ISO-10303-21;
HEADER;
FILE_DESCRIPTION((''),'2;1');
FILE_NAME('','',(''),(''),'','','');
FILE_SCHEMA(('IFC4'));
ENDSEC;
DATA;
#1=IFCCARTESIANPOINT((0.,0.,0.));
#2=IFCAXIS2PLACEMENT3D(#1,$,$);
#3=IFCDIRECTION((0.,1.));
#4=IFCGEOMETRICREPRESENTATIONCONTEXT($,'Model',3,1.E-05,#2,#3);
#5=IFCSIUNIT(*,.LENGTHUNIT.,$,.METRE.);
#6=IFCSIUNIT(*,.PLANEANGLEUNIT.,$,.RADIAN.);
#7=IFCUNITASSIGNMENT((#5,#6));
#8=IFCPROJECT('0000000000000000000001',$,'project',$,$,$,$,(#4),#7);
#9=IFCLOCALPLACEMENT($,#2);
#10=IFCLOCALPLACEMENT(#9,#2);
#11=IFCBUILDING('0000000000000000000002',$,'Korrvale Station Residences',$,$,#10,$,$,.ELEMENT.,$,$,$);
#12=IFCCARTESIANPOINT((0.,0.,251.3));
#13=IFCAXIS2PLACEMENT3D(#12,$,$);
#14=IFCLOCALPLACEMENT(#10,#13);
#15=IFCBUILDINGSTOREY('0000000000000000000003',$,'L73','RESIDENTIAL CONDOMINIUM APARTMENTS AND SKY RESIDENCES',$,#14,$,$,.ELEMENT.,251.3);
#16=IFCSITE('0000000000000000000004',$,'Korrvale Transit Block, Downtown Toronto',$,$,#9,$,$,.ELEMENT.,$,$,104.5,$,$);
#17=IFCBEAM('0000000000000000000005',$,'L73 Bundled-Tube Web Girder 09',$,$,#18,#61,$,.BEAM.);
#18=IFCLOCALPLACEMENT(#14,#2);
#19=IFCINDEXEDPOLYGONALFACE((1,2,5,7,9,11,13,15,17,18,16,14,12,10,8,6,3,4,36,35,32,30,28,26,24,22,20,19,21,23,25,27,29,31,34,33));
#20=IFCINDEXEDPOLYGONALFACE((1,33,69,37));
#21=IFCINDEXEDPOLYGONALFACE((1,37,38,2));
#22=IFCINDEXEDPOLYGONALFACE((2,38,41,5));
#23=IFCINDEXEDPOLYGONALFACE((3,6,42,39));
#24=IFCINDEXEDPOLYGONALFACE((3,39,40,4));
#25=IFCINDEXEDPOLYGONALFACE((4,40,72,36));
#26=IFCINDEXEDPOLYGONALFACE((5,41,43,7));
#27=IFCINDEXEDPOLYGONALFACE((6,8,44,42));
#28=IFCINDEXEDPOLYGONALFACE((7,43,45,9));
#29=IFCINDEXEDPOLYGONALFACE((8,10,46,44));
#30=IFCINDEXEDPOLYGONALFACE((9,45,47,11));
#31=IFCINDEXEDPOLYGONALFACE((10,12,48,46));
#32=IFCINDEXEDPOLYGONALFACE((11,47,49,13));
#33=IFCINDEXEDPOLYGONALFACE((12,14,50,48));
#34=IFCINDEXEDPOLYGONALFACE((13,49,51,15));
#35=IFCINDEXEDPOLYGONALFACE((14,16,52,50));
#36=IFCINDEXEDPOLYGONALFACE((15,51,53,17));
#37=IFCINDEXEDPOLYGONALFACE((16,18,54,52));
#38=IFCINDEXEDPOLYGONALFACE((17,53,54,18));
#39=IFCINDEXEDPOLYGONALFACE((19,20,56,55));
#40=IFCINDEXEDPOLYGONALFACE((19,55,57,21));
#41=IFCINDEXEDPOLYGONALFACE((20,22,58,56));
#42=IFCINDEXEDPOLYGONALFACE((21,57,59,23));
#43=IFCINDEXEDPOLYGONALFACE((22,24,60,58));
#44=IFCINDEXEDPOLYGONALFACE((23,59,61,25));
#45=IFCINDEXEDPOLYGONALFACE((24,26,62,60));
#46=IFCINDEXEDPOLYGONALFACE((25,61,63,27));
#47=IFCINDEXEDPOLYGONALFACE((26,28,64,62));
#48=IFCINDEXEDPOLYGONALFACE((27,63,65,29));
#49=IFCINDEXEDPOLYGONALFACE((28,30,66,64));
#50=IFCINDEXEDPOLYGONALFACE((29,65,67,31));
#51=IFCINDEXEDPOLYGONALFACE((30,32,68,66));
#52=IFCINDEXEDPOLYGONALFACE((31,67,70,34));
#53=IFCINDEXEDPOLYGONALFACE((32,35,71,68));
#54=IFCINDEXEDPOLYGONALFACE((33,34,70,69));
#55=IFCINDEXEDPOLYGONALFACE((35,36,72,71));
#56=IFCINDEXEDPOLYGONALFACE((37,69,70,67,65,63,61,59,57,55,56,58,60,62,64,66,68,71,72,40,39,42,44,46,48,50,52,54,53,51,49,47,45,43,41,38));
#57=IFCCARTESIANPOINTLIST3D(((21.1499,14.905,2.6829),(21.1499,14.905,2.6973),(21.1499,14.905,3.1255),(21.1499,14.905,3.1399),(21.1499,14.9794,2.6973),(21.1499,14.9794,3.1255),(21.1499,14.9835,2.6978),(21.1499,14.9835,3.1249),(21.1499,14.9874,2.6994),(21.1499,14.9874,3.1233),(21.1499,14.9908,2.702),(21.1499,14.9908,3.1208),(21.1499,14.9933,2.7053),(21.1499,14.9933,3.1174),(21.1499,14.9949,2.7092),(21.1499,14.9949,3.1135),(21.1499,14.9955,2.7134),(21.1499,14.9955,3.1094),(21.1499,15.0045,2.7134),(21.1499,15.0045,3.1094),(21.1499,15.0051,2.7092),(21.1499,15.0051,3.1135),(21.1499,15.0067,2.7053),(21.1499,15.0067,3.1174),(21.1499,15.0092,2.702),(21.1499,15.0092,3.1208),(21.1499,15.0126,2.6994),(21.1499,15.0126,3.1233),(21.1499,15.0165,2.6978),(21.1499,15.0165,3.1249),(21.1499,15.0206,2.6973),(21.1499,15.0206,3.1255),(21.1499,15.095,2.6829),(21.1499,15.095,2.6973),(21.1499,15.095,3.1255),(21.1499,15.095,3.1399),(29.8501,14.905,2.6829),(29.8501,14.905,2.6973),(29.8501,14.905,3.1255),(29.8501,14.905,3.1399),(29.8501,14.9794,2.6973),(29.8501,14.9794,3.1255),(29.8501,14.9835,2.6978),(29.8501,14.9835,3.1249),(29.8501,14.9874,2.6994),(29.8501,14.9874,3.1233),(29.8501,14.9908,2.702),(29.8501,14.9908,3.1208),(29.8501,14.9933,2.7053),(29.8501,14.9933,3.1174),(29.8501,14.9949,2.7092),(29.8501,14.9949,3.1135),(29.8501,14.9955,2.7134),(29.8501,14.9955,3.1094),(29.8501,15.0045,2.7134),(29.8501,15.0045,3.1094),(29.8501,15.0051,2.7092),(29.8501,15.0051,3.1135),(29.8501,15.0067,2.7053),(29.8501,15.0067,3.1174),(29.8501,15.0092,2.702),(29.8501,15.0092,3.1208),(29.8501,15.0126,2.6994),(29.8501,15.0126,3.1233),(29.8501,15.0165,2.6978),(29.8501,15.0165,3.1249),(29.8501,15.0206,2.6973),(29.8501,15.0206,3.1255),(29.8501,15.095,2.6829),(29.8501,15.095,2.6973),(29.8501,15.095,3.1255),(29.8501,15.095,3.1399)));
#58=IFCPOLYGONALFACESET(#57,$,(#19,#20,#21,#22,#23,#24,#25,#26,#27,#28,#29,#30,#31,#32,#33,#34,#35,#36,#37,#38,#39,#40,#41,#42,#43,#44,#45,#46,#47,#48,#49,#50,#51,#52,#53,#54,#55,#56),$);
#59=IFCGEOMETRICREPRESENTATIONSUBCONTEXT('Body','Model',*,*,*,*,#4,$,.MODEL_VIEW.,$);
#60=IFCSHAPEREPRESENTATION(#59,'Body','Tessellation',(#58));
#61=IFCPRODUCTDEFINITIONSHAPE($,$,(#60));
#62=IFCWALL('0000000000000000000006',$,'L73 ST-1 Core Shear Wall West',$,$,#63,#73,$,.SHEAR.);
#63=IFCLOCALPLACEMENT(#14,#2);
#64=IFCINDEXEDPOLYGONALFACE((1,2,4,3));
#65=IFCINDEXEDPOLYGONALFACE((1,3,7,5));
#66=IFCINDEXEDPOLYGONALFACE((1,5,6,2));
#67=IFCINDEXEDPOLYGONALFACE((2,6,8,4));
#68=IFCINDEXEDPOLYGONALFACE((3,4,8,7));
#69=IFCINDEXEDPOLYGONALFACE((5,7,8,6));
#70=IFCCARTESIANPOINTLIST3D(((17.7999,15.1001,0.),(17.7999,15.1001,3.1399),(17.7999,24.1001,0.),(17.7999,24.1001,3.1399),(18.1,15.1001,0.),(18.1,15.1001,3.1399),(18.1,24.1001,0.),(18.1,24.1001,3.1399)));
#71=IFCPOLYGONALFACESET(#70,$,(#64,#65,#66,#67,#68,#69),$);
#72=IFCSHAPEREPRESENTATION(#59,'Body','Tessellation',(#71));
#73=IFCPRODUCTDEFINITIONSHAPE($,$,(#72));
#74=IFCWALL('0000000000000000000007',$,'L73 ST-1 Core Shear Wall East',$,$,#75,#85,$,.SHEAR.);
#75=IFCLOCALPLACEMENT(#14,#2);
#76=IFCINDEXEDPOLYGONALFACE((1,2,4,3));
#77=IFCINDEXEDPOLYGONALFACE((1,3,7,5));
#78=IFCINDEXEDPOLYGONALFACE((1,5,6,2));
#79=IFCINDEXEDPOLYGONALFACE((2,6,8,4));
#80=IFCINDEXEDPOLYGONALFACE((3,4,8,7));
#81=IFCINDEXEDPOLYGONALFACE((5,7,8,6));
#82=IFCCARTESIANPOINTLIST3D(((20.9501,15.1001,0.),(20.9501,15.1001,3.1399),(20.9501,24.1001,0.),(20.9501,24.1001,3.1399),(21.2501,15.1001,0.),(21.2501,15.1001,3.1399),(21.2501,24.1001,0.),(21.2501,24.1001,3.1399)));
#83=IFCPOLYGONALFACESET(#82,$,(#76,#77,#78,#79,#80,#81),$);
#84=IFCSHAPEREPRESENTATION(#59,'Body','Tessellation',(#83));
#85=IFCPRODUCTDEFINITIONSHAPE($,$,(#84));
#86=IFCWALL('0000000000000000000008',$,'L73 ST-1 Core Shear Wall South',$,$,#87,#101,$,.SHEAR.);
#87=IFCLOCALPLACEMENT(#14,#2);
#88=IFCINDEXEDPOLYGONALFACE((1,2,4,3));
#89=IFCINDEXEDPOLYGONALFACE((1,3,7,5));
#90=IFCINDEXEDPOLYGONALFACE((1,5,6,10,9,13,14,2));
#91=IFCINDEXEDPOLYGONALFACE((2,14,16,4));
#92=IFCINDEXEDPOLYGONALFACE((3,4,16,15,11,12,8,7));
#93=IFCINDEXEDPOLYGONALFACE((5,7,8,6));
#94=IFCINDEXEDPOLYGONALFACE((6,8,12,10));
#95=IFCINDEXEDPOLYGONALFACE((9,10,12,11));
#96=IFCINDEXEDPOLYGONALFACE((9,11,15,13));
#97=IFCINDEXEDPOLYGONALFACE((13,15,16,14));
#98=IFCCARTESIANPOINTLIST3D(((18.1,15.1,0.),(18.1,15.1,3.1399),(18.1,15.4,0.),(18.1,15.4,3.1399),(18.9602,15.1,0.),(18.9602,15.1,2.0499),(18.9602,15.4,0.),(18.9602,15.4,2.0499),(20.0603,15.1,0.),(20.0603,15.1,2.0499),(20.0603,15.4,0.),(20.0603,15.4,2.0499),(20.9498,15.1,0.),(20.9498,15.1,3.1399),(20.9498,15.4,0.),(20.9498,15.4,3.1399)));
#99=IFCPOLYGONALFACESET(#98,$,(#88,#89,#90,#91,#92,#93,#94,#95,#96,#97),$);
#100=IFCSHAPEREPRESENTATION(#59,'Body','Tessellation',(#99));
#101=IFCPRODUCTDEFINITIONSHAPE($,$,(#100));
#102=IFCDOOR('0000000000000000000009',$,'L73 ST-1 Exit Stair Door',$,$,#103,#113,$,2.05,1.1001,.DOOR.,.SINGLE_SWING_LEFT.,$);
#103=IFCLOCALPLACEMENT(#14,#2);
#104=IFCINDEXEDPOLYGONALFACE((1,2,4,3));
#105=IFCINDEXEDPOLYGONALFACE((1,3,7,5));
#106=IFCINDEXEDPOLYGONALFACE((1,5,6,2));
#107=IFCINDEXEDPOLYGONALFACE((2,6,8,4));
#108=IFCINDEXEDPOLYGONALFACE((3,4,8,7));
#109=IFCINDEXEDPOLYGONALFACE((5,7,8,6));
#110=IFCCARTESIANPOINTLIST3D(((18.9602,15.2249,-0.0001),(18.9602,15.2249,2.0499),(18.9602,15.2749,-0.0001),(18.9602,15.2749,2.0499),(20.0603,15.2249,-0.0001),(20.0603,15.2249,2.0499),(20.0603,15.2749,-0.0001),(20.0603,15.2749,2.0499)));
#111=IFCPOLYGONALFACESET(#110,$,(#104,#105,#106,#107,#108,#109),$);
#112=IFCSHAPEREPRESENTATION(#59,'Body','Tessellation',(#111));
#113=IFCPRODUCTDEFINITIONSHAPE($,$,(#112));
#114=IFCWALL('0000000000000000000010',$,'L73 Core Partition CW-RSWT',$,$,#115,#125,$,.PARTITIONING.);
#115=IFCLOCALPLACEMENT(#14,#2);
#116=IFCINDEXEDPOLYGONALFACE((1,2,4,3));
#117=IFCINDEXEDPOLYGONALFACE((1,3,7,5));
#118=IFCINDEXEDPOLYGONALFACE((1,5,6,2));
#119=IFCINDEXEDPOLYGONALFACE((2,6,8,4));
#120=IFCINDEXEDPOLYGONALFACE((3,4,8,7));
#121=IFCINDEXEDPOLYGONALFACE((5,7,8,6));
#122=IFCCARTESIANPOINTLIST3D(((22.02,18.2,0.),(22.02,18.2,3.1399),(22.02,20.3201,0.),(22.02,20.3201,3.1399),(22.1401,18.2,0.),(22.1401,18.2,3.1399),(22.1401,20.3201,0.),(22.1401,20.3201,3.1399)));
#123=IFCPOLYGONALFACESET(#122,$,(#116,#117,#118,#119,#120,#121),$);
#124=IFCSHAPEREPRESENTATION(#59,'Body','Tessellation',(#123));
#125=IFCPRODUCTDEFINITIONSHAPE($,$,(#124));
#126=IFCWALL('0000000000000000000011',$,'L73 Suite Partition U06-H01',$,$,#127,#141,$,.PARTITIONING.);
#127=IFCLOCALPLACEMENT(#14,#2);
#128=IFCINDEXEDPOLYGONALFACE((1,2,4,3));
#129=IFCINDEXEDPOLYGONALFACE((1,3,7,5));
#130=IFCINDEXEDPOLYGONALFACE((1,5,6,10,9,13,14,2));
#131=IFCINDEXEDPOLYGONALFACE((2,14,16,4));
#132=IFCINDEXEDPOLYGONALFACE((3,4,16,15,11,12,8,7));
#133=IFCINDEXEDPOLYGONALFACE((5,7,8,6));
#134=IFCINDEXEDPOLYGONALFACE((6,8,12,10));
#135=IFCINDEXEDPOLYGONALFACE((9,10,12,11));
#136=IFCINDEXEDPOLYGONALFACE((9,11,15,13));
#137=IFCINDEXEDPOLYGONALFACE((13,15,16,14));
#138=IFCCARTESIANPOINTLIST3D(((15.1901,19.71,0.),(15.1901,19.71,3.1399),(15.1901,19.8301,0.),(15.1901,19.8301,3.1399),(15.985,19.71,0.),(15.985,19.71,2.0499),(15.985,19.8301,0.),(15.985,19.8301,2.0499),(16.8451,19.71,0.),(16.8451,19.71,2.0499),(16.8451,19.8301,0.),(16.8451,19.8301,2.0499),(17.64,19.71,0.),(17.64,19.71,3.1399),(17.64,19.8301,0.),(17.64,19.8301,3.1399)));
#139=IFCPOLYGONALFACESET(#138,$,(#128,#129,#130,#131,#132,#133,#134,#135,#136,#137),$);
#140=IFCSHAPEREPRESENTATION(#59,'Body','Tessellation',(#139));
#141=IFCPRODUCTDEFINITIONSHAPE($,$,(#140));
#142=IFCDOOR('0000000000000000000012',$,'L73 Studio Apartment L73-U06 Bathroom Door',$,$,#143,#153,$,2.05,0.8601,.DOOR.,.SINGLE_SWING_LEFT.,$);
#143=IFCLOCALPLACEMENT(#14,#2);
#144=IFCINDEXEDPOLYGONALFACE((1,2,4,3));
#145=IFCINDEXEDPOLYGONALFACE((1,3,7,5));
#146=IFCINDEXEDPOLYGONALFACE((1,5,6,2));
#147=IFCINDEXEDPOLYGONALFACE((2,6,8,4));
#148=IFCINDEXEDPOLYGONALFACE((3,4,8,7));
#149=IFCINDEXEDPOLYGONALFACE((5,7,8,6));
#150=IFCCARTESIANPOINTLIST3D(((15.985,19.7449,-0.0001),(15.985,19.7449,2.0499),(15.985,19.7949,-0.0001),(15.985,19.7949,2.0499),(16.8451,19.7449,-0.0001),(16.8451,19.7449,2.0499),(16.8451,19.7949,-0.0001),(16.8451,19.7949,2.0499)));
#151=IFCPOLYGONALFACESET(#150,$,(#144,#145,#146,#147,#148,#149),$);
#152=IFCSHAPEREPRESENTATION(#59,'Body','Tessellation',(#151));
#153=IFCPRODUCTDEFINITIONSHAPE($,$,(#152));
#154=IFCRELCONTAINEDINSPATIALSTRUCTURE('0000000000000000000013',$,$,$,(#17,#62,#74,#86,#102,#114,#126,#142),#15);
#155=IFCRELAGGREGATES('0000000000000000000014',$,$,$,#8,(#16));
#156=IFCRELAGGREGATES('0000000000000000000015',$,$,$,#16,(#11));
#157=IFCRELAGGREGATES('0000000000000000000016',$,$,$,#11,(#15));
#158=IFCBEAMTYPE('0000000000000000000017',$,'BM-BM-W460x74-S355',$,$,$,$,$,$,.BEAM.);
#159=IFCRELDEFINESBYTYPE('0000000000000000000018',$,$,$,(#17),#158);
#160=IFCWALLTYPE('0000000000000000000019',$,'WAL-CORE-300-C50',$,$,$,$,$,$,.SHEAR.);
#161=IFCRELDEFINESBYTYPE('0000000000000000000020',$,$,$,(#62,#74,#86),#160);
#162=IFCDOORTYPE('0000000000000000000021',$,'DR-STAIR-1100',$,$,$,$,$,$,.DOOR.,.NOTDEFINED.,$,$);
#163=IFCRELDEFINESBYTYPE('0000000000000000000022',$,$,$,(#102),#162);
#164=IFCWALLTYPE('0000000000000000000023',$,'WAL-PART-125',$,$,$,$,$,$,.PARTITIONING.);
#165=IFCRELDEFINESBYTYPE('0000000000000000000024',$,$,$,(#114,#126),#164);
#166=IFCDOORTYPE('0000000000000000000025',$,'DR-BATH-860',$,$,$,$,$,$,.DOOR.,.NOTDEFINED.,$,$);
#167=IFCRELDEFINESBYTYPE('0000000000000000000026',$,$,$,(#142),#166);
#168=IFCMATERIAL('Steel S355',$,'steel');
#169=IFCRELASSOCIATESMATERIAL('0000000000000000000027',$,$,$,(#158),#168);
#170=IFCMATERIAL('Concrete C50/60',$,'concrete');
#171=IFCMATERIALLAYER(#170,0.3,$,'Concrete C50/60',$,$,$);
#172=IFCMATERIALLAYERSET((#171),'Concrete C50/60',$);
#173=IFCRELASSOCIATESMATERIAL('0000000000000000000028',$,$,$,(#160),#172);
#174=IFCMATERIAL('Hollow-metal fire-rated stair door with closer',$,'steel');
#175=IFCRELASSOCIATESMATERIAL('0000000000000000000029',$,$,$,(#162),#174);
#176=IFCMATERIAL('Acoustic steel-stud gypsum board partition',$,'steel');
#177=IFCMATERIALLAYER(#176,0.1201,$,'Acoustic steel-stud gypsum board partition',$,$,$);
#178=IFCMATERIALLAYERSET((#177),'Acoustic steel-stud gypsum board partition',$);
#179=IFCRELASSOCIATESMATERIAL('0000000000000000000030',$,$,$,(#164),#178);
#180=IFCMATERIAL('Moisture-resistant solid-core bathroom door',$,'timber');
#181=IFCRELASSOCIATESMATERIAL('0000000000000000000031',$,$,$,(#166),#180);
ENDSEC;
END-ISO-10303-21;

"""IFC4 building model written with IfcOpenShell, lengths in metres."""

from ifc_helpers import new_model, si_unit, direction, frame, frame_2d, origin, origin_2d, place, context, subcontext, project, spatial, rectangle, i_section, extrude, material, layer, layer_set, material_profile, profile_set, type_object, element, fill, save


model = new_model("IFC4")

# Units and contexts
model_context = context("Model", 3, precision=1e-05, world=origin(), true_north=direction((0.0, 1.0)))
body_context = subcontext(model_context, "Body", "Model", "MODEL_VIEW")
ifc_project = project(units=[si_unit("LENGTHUNIT", "METRE"), si_unit("PLANEANGLEUNIT", "RADIAN")], contexts=[model_context])

# Site, building, storey
site_placement = place(None, origin())
site = spatial("IfcSite", under=ifc_project, at=site_placement, Name="Korrvale Transit Block, Downtown Toronto", CompositionType="ELEMENT", RefElevation=104.5)
building_placement = place(site_placement, origin())
building = spatial("IfcBuilding", under=site, at=building_placement, Name="Korrvale Station Residences", CompositionType="ELEMENT")
storey_placement = place(building_placement, frame((0.0, 0.0, 251.3)))
storey = spatial("IfcBuildingStorey", under=building, at=storey_placement, Name="L73", Description="RESIDENTIAL CONDOMINIUM APARTMENTS AND SKY RESIDENCES", CompositionType="ELEMENT", Elevation=251.3)

# Beam
ifc_material_1 = material(Name="Steel S355", Category="steel")
ifc_material_profile = material_profile(ifc_material_1, i_section(OverallWidth=0.1899, OverallDepth=0.457, WebThickness=0.009, FlangeThickness=0.0144, FilletRadius=0.0161, at=origin_2d()), Name="W460x74")
ifc_profile_set = profile_set([ifc_material_profile], Name="Steel S355")
beam_type = type_object("IfcBeamType", Name="BM-BM-W460x74-S355", PredefinedType="BEAM", material=ifc_profile_set)
beam_placement = place(storey_placement, frame((21.1499, 15.0, 2.9114), z_axis=(1.0, 0.0, 0.0), x_axis=(0.0, 1.0, 0.0)))
element("IfcBeam", 1, at=beam_placement, inside=storey, type_object=beam_type, Name="L73 Bundled-Tube Web Girder 09", PredefinedType="BEAM", context=body_context, shape_type="SweptSolid", body=[
    extrude(i_section(OverallWidth=0.1899, OverallDepth=0.457, WebThickness=0.009, FlangeThickness=0.0144, FilletRadius=0.0161, at=origin_2d()), origin(), (0.0, 0.0, 1.0), 8.7002),
])

# Walls
ifc_material_2 = material(Name="Concrete C50/60", Category="concrete")
ifc_layer_1 = layer(ifc_material_2, 0.3, Name="Concrete C50/60")
ifc_layer_set_1 = layer_set([ifc_layer_1], Name="Concrete C50/60")
wall_type_1 = type_object("IfcWallType", Name="WAL-CORE-300-C50", PredefinedType="SHEAR", material=ifc_layer_set_1)
for number, where, z_axis, x_axis, name in (
    (2, (17.95, 15.1001, 0.0), (0.0, 0.0, 1.0), (0.0, 1.0, 0.0), "L73 ST-1 Core Shear Wall West"),
    (3, (21.1001, 15.1001, 0.0), (0.0, 0.0, 1.0), (0.0, 1.0, 0.0), "L73 ST-1 Core Shear Wall East"),
):
    element("IfcWall", number, at=place(storey_placement, frame(where, z_axis=z_axis, x_axis=x_axis)), inside=storey, type_object=wall_type_1, Name=name, PredefinedType="SHEAR", context=body_context, shape_type="SweptSolid", body=[
        extrude(rectangle(XDim=9.0, YDim=0.3, at=frame_2d((4.5, 0.0))), origin(), (0.0, 0.0, 1.0), 3.1399),
    ])

# Wall, opening, door
wall_1_placement = place(storey_placement, frame((18.1001, 15.25, 0.0), z_axis=(0.0, 0.0, 1.0), x_axis=(1.0, 0.0, 0.0)))
wall_1 = element("IfcWall", 4, at=wall_1_placement, inside=storey, type_object=wall_type_1, Name="L73 ST-1 Core Shear Wall South", PredefinedType="SHEAR", context=body_context, shape_type="SweptSolid", body=[
    extrude(rectangle(XDim=2.8499, YDim=0.3, at=frame_2d((1.4248, 0.0))), origin(), (0.0, 0.0, 1.0), 3.1399),
])
opening_1_placement = place(wall_1_placement, frame((0.8601, 0.0, 0.0)))
opening_1 = element("IfcOpeningElement", 5, at=opening_1_placement, cuts=wall_1, PredefinedType="OPENING", context=body_context, shape_type="SweptSolid", body=[
    extrude(rectangle(XDim=1.1001, YDim=2.05, at=frame_2d((0.55, 1.0249))), frame((0.0, 0.1602, 0.0), z_axis=(0.0, -1.0, 0.0), x_axis=(1.0, 0.0, 0.0)), (0.0, 0.0, 1.0), 0.3201),
])
ifc_material_3 = material(Name="Hollow-metal fire-rated stair door with closer", Category="steel")
door_type_1 = type_object("IfcDoorType", Name="DR-STAIR-1100", OperationType="NOTDEFINED", PredefinedType="DOOR", material=ifc_material_3)
door_1_placement = place(opening_1_placement, origin())
door_1 = element("IfcDoor", 6, at=door_1_placement, inside=storey, type_object=door_type_1, Name="L73 ST-1 Exit Stair Door", OperationType="SINGLE_SWING_LEFT", OverallHeight=2.05, OverallWidth=1.1001, PredefinedType="DOOR", context=body_context, shape_type="SweptSolid", body=[
    extrude(rectangle(XDim=1.1001, YDim=2.05, at=frame_2d((0.55, 1.0249))), frame((0.0, 0.0249, 0.0), z_axis=(0.0, -1.0, 0.0), x_axis=(1.0, 0.0, 0.0)), (0.0, 0.0, 1.0), 0.05),
])
fill(opening_1, door_1)

# Wall
ifc_material_4 = material(Name="Acoustic steel-stud gypsum board partition", Category="steel")
ifc_layer_2 = layer(ifc_material_4, 0.1201, Name="Acoustic steel-stud gypsum board partition")
ifc_layer_set_2 = layer_set([ifc_layer_2], Name="Acoustic steel-stud gypsum board partition")
wall_type_2 = type_object("IfcWallType", Name="WAL-PART-125", PredefinedType="PARTITIONING", material=ifc_layer_set_2)
wall_2_placement = place(storey_placement, frame((22.0801, 18.2, 0.0), z_axis=(0.0, 0.0, 1.0), x_axis=(0.0, 1.0, 0.0)))
element("IfcWall", 7, at=wall_2_placement, inside=storey, type_object=wall_type_2, Name="L73 Core Partition CW-RSWT", PredefinedType="PARTITIONING", context=body_context, shape_type="SweptSolid", body=[
    extrude(rectangle(XDim=2.1201, YDim=0.1201, at=frame_2d((1.0601, 0.0))), origin(), (0.0, 0.0, 1.0), 3.1399),
])

# Wall, opening, door
wall_3_placement = place(storey_placement, frame((15.1899, 19.77, 0.0), z_axis=(0.0, 0.0, 1.0), x_axis=(1.0, 0.0, 0.0)))
wall_3 = element("IfcWall", 8, at=wall_3_placement, inside=storey, type_object=wall_type_2, Name="L73 Suite Partition U06-H01", PredefinedType="PARTITIONING", context=body_context, shape_type="SweptSolid", body=[
    extrude(rectangle(XDim=2.45, YDim=0.1201, at=frame_2d((1.2251, 0.0))), origin(), (0.0, 0.0, 1.0), 3.1399),
])
opening_2_placement = place(wall_3_placement, frame((0.7949, 0.0, 0.0)))
opening_2 = element("IfcOpeningElement", 9, at=opening_2_placement, cuts=wall_3, PredefinedType="OPENING", context=body_context, shape_type="SweptSolid", body=[
    extrude(rectangle(XDim=0.8601, YDim=2.05, at=frame_2d((0.4302, 1.0249))), frame((0.0, 0.0701, 0.0), z_axis=(0.0, -1.0, 0.0), x_axis=(1.0, 0.0, 0.0)), (0.0, 0.0, 1.0), 0.1401),
])
ifc_material_5 = material(Name="Moisture-resistant solid-core bathroom door", Category="timber")
door_type_2 = type_object("IfcDoorType", Name="DR-BATH-860", OperationType="NOTDEFINED", PredefinedType="DOOR", material=ifc_material_5)
door_2_placement = place(opening_2_placement, origin())
door_2 = element("IfcDoor", 10, at=door_2_placement, inside=storey, type_object=door_type_2, Name="L73 Studio Apartment L73-U06 Bathroom Door", OperationType="SINGLE_SWING_LEFT", OverallHeight=2.05, OverallWidth=0.8601, PredefinedType="DOOR", context=body_context, shape_type="SweptSolid", body=[
    extrude(rectangle(XDim=0.8601, YDim=2.05, at=frame_2d((0.4302, 1.0249))), frame((0.0, 0.0249, 0.0), z_axis=(0.0, -1.0, 0.0), x_axis=(1.0, 0.0, 0.0)), (0.0, 0.0, 1.0), 0.05),
])
fill(opening_2, door_2)

save(model, "model.ifc")
